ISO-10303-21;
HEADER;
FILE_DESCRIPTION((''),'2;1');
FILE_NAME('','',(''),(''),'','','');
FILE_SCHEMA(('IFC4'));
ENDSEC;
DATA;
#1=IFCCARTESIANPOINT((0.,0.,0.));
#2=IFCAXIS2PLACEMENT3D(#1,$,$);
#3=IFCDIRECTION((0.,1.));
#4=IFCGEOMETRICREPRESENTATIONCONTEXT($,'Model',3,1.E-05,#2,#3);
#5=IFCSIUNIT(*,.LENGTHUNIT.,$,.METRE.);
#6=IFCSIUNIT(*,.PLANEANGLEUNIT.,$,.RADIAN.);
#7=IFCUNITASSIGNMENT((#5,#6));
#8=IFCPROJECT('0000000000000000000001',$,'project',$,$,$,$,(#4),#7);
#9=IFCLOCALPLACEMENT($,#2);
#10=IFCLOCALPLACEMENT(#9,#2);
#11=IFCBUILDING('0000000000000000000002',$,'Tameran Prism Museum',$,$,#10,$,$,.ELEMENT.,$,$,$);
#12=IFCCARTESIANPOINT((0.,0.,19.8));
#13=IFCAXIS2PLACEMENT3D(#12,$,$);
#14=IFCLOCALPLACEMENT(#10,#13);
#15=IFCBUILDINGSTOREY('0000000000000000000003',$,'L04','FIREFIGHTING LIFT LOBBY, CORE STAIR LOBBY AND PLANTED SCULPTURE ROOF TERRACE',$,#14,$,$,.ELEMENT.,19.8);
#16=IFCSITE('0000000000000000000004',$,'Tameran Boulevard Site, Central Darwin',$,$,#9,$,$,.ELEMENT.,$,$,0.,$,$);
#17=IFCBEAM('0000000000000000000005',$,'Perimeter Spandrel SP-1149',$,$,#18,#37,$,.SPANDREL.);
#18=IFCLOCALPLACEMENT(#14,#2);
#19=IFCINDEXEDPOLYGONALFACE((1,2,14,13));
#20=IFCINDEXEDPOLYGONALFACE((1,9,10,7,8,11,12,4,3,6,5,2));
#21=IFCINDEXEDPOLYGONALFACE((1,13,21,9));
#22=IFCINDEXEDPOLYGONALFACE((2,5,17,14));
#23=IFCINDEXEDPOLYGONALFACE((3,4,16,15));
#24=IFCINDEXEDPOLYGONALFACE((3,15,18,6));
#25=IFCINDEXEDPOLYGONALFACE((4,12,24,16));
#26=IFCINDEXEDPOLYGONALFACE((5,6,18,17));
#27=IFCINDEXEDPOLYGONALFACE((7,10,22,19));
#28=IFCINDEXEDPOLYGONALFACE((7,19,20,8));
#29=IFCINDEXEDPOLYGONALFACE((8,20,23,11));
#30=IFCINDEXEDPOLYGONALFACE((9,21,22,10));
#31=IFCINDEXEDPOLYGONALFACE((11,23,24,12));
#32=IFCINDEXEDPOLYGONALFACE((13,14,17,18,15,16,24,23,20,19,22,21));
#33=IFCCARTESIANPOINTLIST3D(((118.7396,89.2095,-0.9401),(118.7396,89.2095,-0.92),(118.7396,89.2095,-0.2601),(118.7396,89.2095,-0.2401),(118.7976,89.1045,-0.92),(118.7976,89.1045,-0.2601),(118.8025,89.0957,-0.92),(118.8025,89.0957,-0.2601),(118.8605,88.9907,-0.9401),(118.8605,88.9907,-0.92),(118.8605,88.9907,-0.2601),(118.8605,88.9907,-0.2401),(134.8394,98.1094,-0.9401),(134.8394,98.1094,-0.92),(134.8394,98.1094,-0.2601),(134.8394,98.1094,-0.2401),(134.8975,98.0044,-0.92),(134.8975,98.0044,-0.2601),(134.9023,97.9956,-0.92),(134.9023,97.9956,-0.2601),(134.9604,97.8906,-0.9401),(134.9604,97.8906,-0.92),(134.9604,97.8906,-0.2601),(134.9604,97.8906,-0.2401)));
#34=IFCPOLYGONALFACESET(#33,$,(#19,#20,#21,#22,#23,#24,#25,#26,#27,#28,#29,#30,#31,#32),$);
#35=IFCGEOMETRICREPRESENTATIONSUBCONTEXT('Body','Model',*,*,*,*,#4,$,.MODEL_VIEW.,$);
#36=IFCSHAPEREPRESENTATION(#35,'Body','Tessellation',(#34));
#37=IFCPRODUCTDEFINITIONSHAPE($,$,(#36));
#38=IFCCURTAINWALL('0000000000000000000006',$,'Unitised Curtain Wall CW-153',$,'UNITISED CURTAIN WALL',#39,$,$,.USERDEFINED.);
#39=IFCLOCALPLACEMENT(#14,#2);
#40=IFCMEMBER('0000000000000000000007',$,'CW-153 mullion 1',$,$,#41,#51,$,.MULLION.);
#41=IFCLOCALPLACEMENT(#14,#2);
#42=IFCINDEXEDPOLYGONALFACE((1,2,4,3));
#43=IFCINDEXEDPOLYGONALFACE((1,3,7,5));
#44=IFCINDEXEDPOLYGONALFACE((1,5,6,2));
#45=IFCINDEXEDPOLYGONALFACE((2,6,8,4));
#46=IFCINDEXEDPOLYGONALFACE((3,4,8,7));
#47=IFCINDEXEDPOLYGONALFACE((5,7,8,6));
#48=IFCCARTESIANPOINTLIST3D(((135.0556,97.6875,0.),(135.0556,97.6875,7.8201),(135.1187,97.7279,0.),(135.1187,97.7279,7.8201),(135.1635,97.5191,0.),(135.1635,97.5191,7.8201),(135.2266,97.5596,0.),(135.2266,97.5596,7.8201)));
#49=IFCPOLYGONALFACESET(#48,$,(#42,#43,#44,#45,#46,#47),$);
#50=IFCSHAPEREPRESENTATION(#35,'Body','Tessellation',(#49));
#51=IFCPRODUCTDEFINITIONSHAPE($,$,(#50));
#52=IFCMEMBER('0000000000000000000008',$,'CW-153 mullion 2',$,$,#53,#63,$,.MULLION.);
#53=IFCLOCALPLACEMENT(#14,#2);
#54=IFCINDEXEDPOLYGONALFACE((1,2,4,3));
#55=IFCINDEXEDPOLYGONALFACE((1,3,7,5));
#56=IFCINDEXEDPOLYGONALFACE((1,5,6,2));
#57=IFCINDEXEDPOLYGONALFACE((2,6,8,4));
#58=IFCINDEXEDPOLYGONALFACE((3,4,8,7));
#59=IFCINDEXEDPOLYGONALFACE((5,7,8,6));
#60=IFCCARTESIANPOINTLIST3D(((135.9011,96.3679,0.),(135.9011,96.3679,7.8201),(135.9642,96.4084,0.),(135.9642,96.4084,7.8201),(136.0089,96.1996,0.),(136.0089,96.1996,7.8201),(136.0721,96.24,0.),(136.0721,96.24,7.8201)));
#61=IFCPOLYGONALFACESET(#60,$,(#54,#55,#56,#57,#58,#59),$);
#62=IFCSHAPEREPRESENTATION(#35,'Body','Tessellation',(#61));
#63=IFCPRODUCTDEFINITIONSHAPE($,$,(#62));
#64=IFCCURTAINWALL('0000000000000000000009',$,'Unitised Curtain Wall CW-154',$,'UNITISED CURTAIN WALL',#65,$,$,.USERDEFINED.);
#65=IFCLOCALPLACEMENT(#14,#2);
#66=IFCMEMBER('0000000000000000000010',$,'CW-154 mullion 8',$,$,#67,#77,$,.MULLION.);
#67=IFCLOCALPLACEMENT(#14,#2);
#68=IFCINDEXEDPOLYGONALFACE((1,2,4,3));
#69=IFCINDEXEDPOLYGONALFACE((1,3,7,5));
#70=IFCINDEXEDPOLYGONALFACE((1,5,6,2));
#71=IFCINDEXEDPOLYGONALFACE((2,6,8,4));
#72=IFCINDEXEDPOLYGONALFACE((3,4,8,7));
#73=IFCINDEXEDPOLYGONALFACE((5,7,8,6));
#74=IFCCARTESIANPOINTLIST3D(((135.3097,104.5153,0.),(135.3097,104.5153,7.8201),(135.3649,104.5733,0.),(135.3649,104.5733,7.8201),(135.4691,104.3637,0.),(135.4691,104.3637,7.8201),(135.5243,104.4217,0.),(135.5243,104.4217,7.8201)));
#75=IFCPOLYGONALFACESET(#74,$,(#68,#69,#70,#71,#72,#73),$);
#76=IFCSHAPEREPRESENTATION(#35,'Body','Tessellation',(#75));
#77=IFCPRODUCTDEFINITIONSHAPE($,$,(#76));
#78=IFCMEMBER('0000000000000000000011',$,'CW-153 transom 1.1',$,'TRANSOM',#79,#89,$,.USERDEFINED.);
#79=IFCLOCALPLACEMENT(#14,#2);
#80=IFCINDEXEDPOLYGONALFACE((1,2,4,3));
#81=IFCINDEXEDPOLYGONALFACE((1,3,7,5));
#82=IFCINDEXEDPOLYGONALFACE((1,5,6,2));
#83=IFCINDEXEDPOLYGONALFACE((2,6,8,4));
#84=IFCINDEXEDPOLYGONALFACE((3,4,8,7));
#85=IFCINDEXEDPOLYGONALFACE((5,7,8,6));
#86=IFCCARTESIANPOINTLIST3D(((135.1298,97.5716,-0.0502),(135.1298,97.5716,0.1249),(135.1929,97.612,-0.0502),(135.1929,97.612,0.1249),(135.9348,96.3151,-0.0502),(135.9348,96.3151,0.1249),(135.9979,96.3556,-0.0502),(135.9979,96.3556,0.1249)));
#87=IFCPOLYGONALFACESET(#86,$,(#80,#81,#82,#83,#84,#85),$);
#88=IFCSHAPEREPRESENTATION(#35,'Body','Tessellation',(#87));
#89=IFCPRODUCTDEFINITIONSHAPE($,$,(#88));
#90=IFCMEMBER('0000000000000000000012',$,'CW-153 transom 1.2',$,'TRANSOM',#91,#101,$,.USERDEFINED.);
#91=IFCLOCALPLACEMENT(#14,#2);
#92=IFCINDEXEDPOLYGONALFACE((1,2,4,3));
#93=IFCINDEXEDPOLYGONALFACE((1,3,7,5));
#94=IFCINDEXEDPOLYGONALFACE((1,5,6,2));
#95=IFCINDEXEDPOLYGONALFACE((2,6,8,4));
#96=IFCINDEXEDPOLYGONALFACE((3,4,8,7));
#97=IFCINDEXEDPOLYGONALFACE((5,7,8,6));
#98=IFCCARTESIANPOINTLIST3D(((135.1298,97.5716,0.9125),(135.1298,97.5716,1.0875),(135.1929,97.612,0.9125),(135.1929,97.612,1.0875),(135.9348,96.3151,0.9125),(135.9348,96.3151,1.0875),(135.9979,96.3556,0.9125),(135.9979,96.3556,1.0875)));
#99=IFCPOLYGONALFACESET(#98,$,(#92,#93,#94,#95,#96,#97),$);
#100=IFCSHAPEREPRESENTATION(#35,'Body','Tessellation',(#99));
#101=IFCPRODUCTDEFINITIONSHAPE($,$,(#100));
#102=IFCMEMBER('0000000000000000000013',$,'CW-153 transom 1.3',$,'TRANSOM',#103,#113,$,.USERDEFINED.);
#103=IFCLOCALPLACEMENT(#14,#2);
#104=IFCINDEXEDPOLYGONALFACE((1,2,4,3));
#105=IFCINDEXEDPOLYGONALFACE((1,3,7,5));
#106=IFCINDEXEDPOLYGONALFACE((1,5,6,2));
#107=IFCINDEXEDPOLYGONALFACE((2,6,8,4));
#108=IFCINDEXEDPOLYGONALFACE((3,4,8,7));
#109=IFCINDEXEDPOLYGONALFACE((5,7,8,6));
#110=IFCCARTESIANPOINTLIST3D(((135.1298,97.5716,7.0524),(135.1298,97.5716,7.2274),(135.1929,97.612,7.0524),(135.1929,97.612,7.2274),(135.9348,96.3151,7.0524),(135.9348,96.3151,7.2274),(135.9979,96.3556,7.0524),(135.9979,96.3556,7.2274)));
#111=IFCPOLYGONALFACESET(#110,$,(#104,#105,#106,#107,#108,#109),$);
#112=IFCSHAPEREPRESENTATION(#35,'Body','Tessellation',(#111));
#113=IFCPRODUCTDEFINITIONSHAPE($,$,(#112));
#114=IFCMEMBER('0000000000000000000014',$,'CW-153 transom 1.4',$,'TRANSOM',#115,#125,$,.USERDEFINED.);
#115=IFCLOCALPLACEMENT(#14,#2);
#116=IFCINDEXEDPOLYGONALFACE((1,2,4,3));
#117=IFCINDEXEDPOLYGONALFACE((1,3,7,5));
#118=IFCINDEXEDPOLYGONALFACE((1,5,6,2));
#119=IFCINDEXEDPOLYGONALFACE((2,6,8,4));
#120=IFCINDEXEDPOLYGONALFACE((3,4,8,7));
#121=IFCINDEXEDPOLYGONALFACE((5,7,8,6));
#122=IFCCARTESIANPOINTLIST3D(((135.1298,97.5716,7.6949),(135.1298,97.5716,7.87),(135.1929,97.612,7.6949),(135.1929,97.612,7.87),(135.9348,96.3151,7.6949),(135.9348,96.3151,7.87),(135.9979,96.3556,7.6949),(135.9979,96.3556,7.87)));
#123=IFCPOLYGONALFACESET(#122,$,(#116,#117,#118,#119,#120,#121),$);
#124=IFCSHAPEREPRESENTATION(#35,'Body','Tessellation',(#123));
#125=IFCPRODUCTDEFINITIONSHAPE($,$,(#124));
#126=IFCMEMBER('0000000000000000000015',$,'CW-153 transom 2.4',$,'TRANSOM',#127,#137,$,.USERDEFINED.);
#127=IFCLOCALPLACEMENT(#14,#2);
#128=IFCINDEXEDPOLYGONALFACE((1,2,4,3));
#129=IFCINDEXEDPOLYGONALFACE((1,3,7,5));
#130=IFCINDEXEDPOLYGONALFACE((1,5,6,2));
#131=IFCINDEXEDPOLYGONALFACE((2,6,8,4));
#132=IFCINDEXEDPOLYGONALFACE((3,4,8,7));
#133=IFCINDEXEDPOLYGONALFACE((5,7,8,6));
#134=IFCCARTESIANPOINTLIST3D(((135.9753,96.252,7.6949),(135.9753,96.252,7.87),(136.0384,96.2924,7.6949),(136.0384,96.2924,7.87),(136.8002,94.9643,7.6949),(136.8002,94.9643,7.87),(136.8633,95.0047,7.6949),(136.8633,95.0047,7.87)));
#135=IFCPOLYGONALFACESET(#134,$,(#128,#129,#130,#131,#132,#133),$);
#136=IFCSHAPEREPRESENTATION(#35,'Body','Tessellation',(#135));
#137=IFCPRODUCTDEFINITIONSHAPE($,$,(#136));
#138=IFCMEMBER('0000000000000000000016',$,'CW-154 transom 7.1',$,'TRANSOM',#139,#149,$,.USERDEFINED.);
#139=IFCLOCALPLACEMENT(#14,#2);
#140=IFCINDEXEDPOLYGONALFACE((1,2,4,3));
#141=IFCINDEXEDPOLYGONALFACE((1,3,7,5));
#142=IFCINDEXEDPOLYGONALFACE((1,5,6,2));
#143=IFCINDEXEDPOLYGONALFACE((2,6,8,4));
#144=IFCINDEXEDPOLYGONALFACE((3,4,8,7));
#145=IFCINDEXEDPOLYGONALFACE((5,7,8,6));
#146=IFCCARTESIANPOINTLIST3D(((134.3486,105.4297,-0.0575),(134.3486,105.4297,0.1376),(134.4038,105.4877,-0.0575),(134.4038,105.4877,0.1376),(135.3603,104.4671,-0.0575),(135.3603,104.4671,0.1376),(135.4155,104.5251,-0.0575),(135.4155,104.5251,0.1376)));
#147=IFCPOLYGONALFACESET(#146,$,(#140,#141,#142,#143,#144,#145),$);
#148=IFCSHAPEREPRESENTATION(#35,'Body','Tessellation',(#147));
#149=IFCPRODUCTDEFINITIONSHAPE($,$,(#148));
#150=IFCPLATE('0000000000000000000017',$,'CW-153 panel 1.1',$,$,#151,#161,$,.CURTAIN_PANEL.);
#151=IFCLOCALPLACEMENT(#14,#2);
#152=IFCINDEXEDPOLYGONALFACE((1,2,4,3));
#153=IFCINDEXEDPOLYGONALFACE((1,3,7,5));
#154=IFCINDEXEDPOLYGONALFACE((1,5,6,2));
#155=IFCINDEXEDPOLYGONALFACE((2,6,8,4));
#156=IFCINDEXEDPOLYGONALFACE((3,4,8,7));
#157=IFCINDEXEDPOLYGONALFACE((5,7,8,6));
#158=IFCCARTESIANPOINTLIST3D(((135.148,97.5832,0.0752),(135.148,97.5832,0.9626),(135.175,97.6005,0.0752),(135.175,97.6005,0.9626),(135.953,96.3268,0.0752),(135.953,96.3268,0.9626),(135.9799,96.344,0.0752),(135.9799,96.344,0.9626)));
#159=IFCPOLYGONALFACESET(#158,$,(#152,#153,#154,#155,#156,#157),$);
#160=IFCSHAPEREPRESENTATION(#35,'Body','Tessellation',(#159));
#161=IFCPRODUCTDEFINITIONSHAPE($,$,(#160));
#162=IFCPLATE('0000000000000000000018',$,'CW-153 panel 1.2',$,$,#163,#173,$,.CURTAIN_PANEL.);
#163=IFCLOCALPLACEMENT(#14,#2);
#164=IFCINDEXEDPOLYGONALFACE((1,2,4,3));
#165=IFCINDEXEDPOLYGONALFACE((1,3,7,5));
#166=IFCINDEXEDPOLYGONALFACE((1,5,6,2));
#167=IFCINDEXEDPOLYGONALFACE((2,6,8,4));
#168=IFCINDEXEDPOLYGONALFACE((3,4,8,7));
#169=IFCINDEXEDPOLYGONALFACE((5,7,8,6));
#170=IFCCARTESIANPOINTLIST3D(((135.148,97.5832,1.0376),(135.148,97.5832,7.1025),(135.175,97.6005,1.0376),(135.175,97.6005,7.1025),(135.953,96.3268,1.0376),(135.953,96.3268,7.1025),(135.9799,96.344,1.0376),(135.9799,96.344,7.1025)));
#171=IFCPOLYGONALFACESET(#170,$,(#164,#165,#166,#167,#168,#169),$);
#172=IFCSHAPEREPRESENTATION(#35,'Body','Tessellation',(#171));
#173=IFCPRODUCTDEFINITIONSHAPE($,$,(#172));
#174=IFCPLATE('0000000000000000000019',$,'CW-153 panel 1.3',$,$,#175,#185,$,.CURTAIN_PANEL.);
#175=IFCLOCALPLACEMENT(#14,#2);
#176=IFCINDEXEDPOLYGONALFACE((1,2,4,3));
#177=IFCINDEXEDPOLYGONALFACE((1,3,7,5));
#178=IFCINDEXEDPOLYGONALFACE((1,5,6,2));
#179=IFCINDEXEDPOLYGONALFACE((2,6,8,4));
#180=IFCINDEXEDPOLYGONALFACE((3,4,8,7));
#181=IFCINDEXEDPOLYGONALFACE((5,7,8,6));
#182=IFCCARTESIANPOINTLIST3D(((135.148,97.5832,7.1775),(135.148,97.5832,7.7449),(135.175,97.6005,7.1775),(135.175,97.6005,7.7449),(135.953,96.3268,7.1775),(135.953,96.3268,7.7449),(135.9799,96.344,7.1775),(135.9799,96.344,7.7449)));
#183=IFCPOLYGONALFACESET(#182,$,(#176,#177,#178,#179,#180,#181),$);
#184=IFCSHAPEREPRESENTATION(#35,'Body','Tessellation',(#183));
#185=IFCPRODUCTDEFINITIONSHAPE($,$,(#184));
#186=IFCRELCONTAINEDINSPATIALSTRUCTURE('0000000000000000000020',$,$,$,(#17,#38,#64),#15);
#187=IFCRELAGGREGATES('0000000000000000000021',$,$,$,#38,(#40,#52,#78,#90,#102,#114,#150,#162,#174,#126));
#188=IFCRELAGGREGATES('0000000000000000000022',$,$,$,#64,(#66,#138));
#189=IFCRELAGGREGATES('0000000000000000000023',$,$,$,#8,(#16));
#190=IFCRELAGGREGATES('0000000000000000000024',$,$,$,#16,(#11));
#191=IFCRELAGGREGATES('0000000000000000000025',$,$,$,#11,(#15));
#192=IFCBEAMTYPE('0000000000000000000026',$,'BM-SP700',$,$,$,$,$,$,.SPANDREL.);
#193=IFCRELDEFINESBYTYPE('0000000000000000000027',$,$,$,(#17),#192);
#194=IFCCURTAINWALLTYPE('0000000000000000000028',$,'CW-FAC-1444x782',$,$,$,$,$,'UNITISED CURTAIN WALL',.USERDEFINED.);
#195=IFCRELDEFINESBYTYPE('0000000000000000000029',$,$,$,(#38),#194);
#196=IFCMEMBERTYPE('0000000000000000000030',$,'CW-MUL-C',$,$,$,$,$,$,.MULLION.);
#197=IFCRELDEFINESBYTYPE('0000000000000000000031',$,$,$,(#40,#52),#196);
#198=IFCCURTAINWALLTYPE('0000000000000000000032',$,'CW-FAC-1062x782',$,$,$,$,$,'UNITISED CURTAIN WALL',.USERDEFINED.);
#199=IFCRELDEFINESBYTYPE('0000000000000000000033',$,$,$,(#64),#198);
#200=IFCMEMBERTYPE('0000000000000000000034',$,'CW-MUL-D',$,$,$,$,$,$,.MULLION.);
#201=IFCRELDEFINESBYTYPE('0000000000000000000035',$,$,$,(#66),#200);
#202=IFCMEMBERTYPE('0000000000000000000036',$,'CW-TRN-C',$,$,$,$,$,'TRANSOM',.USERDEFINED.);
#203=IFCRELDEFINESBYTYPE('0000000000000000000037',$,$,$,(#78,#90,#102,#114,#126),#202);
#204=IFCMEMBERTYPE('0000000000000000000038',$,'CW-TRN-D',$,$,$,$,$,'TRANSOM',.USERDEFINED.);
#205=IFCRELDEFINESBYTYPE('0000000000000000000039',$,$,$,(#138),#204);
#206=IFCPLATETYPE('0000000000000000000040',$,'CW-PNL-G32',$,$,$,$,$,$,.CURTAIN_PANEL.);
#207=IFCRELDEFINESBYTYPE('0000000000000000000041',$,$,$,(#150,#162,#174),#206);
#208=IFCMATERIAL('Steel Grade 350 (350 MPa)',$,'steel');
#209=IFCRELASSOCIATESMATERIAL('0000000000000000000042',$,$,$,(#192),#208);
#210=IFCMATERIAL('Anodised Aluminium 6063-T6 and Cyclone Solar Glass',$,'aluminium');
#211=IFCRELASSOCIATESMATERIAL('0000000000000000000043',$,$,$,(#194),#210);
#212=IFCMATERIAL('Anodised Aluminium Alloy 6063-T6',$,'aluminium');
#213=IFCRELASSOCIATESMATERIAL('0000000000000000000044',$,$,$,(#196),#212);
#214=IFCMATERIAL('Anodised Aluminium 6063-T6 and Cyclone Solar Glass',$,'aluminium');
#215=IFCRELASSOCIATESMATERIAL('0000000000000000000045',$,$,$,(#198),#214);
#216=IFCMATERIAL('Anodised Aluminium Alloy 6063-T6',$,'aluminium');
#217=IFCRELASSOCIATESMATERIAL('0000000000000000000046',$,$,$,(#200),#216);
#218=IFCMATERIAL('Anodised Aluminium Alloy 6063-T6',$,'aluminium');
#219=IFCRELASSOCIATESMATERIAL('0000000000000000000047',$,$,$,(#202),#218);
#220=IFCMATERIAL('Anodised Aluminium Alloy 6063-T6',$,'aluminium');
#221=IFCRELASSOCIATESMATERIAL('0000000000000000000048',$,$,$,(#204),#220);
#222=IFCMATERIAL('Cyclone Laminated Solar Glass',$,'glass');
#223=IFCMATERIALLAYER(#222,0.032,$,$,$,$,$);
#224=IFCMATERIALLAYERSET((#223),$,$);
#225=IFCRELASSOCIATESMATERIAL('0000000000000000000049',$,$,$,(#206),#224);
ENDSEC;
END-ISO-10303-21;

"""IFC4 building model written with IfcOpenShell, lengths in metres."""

from ifc_helpers import new_model, si_unit, direction, frame, origin, origin_2d, place, context, subcontext, project, spatial, rectangle, i_section, extrude, material, layer, layer_set, material_profile, profile_set, type_object, element, aggregate, save


model = new_model("IFC4")

# Units and contexts
model_context = context("Model", 3, precision=1e-05, world=origin(), true_north=direction((0.0, 1.0)))
body_context = subcontext(model_context, "Body", "Model", "MODEL_VIEW")
ifc_project = project(units=[si_unit("LENGTHUNIT", "METRE"), si_unit("PLANEANGLEUNIT", "RADIAN")], contexts=[model_context])

# Site, building, storey
site_placement = place(None, origin())
site = spatial("IfcSite", under=ifc_project, at=site_placement, Name="Tameran Boulevard Site, Central Darwin", CompositionType="ELEMENT", RefElevation=0.0)
building_placement = place(site_placement, origin())
building = spatial("IfcBuilding", under=site, at=building_placement, Name="Tameran Prism Museum", CompositionType="ELEMENT")
storey_placement = place(building_placement, frame((0.0, 0.0, 19.8)))
storey = spatial("IfcBuildingStorey", under=building, at=storey_placement, Name="L04", Description="FIREFIGHTING LIFT LOBBY, CORE STAIR LOBBY AND PLANTED SCULPTURE ROOF TERRACE", CompositionType="ELEMENT", Elevation=19.8)

# Beam
ifc_material_1 = material(Name="Steel Grade 350 (350 MPa)", Category="steel")
ifc_material_profile_1 = material_profile(ifc_material_1, i_section(OverallWidth=0.25, OverallDepth=0.7, WebThickness=0.01, FlangeThickness=0.02, at=origin_2d()))
ifc_profile_set_1 = profile_set([ifc_material_profile_1])
beam_type_1 = type_object("IfcBeamType", Name="BM-SP700", PredefinedType="SPANDREL", material=ifc_profile_set_1)
beam_1_placement = place(storey_placement, frame((134.8999, 98.0, -0.5901), z_axis=(-0.875181, -0.483795, 0.0), x_axis=(0.483795, -0.875181, 0.0)))
element("IfcBeam", 1, at=beam_1_placement, inside=storey, type_object=beam_type_1, Name="Perimeter Spandrel SP-1149", PredefinedType="SPANDREL", context=body_context, shape_type="SweptSolid", body=[
    extrude(i_section(OverallWidth=0.25, OverallDepth=0.7, WebThickness=0.01, FlangeThickness=0.02, at=origin_2d()), origin(), (0.0, 0.0, 1.0), 18.396),
])

# Curtain wall, members
ifc_material_2 = material(Name="Anodised Aluminium 6063-T6 and Cyclone Solar Glass", Category="aluminium")
curtain_wall_type_1 = type_object("IfcCurtainWallType", Name="CW-FAC-1444x782", ElementType="UNITISED CURTAIN WALL", PredefinedType="USERDEFINED", material=ifc_material_2)
curtain_wall_1_placement = place(storey_placement, origin())
curtain_wall_1 = element("IfcCurtainWall", 2, at=curtain_wall_1_placement, inside=storey, type_object=curtain_wall_type_1, Name="Unitised Curtain Wall CW-153", ObjectType="UNITISED CURTAIN WALL", PredefinedType="USERDEFINED")
ifc_material_3 = material(Name="Anodised Aluminium Alloy 6063-T6", Category="aluminium")
ifc_material_profile_2 = material_profile(ifc_material_3, rectangle(XDim=0.075, YDim=0.2, at=origin_2d()))
ifc_profile_set_2 = profile_set([ifc_material_profile_2])
member_type_1 = type_object("IfcMemberType", Name="CW-MUL-C", PredefinedType="MULLION", material=ifc_profile_set_2)
member_1_placement = place(storey_placement, frame((135.1411, 97.6235, 0.0), z_axis=(0.0, 0.0, 1.0), x_axis=(0.842032, 0.539427, 0.0)))
member_1 = element("IfcMember", 3, at=member_1_placement, type_object=member_type_1, Name="CW-153 mullion 1", PredefinedType="MULLION", context=body_context, shape_type="SweptSolid", body=[
    extrude(rectangle(XDim=0.075, YDim=0.2, at=origin_2d()), origin(), (0.0, 0.0, 1.0), 7.8201),
])
member_2_placement = place(storey_placement, frame((135.9866, 96.304, 0.0), z_axis=(0.0, 0.0, 1.0), x_axis=(0.842032, 0.539427, 0.0)))
member_2 = element("IfcMember", 4, at=member_2_placement, type_object=member_type_1, Name="CW-153 mullion 2", PredefinedType="MULLION", context=body_context, shape_type="SweptSolid", body=[
    extrude(rectangle(XDim=0.075, YDim=0.2, at=origin_2d()), origin(), (0.0, 0.0, 1.0), 7.8201),
])

# Curtain wall, member
ifc_material_4 = material(Name="Anodised Aluminium 6063-T6 and Cyclone Solar Glass", Category="aluminium")
curtain_wall_type_2 = type_object("IfcCurtainWallType", Name="CW-FAC-1062x782", ElementType="UNITISED CURTAIN WALL", PredefinedType="USERDEFINED", material=ifc_material_4)
curtain_wall_2_placement = place(storey_placement, origin())
curtain_wall_2 = element("IfcCurtainWall", 5, at=curtain_wall_2_placement, inside=storey, type_object=curtain_wall_type_2, Name="Unitised Curtain Wall CW-154", ObjectType="UNITISED CURTAIN WALL", PredefinedType="USERDEFINED")
ifc_material_5 = material(Name="Anodised Aluminium Alloy 6063-T6", Category="aluminium")
ifc_material_profile_3 = material_profile(ifc_material_5, rectangle(XDim=0.0801, YDim=0.22, at=origin_2d()))
ifc_profile_set_3 = profile_set([ifc_material_profile_3])
member_type_2 = type_object("IfcMemberType", Name="CW-MUL-D", PredefinedType="MULLION", material=ifc_profile_set_3)
member_3_placement = place(storey_placement, frame((135.417, 104.4685, 0.0), z_axis=(0.0, 0.0, 1.0), x_axis=(0.689274, 0.724501, 0.0)))
member_3 = element("IfcMember", 6, at=member_3_placement, type_object=member_type_2, Name="CW-154 mullion 8", PredefinedType="MULLION", context=body_context, shape_type="SweptSolid", body=[
    extrude(rectangle(XDim=0.0801, YDim=0.22, at=origin_2d()), origin(), (0.0, 0.0, 1.0), 7.8201),
])

# Members
ifc_material_6 = material(Name="Anodised Aluminium Alloy 6063-T6", Category="aluminium")
ifc_material_profile_4 = material_profile(ifc_material_6, rectangle(XDim=0.075, YDim=0.175, at=origin_2d()))
ifc_profile_set_4 = profile_set([ifc_material_profile_4])
member_type_3 = type_object("IfcMemberType", Name="CW-TRN-C", ElementType="TRANSOM", PredefinedType="USERDEFINED", material=ifc_profile_set_4)
member_4_placement = place(storey_placement, frame((135.1614, 97.5918, 0.0374), z_axis=(0.539467, -0.842007, 0.0), x_axis=(0.842007, 0.539467, 0.0)))
member_4 = element("IfcMember", 7, at=member_4_placement, type_object=member_type_3, Name="CW-153 transom 1.1", ObjectType="TRANSOM", PredefinedType="USERDEFINED", context=body_context, shape_type="SweptSolid", body=[
    extrude(rectangle(XDim=0.075, YDim=0.175, at=origin_2d()), origin(), (0.0, 0.0, 1.0), 1.4922),
])
member_5_placement = place(storey_placement, frame((135.1614, 97.5918, 1.0), z_axis=(0.539467, -0.842007, 0.0), x_axis=(0.842007, 0.539467, 0.0)))
member_5 = element("IfcMember", 8, at=member_5_placement, type_object=member_type_3, Name="CW-153 transom 1.2", ObjectType="TRANSOM", PredefinedType="USERDEFINED", context=body_context, shape_type="SweptSolid", body=[
    extrude(rectangle(XDim=0.075, YDim=0.175, at=origin_2d()), origin(), (0.0, 0.0, 1.0), 1.4922),
])
member_6_placement = place(storey_placement, frame((135.1614, 97.5918, 7.1399), z_axis=(0.539467, -0.842007, 0.0), x_axis=(0.842007, 0.539467, 0.0)))
member_6 = element("IfcMember", 9, at=member_6_placement, type_object=member_type_3, Name="CW-153 transom 1.3", ObjectType="TRANSOM", PredefinedType="USERDEFINED", context=body_context, shape_type="SweptSolid", body=[
    extrude(rectangle(XDim=0.075, YDim=0.175, at=origin_2d()), origin(), (0.0, 0.0, 1.0), 1.4922),
])
member_7_placement = place(storey_placement, frame((135.1614, 97.5918, 7.7825), z_axis=(0.539467, -0.842007, 0.0), x_axis=(0.842007, 0.539467, 0.0)))
member_7 = element("IfcMember", 10, at=member_7_placement, type_object=member_type_3, Name="CW-153 transom 1.4", ObjectType="TRANSOM", PredefinedType="USERDEFINED", context=body_context, shape_type="SweptSolid", body=[
    extrude(rectangle(XDim=0.075, YDim=0.175, at=origin_2d()), origin(), (0.0, 0.0, 1.0), 1.4922),
])
member_8_placement = place(storey_placement, frame((136.0068, 96.2722, 7.7825), z_axis=(0.539393, -0.842054, 0.0), x_axis=(0.842054, 0.539393, 0.0)))
member_8 = element("IfcMember", 11, at=member_8_placement, type_object=member_type_3, Name="CW-153 transom 2.4", ObjectType="TRANSOM", PredefinedType="USERDEFINED", context=body_context, shape_type="SweptSolid", body=[
    extrude(rectangle(XDim=0.075, YDim=0.175, at=origin_2d()), origin(), (0.0, 0.0, 1.0), 1.5293),
])
ifc_material_7 = material(Name="Anodised Aluminium Alloy 6063-T6", Category="aluminium")
ifc_material_profile_5 = material_profile(ifc_material_7, rectangle(XDim=0.0801, YDim=0.1951, at=origin_2d()))
ifc_profile_set_5 = profile_set([ifc_material_profile_5])
member_type_4 = type_object("IfcMemberType", Name="CW-TRN-D", ElementType="TRANSOM", PredefinedType="USERDEFINED", material=ifc_profile_set_5)
member_9_placement = place(storey_placement, frame((134.3762, 105.4587, 0.04), z_axis=(0.724458, -0.689319, 0.0), x_axis=(0.689319, 0.724458, 0.0)))
member_9 = element("IfcMember", 12, at=member_9_placement, type_object=member_type_4, Name="CW-154 transom 7.1", ObjectType="TRANSOM", PredefinedType="USERDEFINED", context=body_context, shape_type="SweptSolid", body=[
    extrude(rectangle(XDim=0.0801, YDim=0.1951, at=origin_2d()), origin(), (0.0, 0.0, 1.0), 1.3965),
])

# Plates
ifc_material_8 = material(Name="Cyclone Laminated Solar Glass", Category="glass")
ifc_layer_1 = layer(ifc_material_8, 0.032)
ifc_layer_set_1 = layer_set([ifc_layer_1])
plate_type = type_object("IfcPlateType", Name="CW-PNL-G32", PredefinedType="CURTAIN_PANEL", material=ifc_layer_set_1)
plate_1_placement = place(storey_placement, frame((135.564, 96.9636, 0.0752), z_axis=(0.0, 0.0, 1.0), x_axis=(0.539427, -0.842032, 0.0)))
plate_1 = element("IfcPlate", 13, at=plate_1_placement, type_object=plate_type, Name="CW-153 panel 1.1", PredefinedType="CURTAIN_PANEL", context=body_context, shape_type="SweptSolid", body=[
    extrude(rectangle(XDim=1.4922, YDim=0.032, at=origin_2d()), origin(), (0.0, 0.0, 1.0), 0.8875),
])
plate_2_placement = place(storey_placement, frame((135.564, 96.9636, 1.0376), z_axis=(0.0, 0.0, 1.0), x_axis=(0.539427, -0.842032, 0.0)))
plate_2 = element("IfcPlate", 14, at=plate_2_placement, type_object=plate_type, Name="CW-153 panel 1.2", PredefinedType="CURTAIN_PANEL", context=body_context, shape_type="SweptSolid", body=[
    extrude(rectangle(XDim=1.4922, YDim=0.032, at=origin_2d()), origin(), (0.0, 0.0, 1.0), 6.0649),
])
plate_3_placement = place(storey_placement, frame((135.564, 96.9636, 7.1775), z_axis=(0.0, 0.0, 1.0), x_axis=(0.539427, -0.842032, 0.0)))
plate_3 = element("IfcPlate", 15, at=plate_3_placement, type_object=plate_type, Name="CW-153 panel 1.3", PredefinedType="CURTAIN_PANEL", context=body_context, shape_type="SweptSolid", body=[
    extrude(rectangle(XDim=1.4922, YDim=0.032, at=origin_2d()), origin(), (0.0, 0.0, 1.0), 0.5674),
])
aggregate(curtain_wall_1, [member_1, member_2, member_4, member_5, member_6, member_7, plate_1, plate_2, plate_3, member_8])
aggregate(curtain_wall_2, [member_3, member_9])

save(model, "model.ifc")
